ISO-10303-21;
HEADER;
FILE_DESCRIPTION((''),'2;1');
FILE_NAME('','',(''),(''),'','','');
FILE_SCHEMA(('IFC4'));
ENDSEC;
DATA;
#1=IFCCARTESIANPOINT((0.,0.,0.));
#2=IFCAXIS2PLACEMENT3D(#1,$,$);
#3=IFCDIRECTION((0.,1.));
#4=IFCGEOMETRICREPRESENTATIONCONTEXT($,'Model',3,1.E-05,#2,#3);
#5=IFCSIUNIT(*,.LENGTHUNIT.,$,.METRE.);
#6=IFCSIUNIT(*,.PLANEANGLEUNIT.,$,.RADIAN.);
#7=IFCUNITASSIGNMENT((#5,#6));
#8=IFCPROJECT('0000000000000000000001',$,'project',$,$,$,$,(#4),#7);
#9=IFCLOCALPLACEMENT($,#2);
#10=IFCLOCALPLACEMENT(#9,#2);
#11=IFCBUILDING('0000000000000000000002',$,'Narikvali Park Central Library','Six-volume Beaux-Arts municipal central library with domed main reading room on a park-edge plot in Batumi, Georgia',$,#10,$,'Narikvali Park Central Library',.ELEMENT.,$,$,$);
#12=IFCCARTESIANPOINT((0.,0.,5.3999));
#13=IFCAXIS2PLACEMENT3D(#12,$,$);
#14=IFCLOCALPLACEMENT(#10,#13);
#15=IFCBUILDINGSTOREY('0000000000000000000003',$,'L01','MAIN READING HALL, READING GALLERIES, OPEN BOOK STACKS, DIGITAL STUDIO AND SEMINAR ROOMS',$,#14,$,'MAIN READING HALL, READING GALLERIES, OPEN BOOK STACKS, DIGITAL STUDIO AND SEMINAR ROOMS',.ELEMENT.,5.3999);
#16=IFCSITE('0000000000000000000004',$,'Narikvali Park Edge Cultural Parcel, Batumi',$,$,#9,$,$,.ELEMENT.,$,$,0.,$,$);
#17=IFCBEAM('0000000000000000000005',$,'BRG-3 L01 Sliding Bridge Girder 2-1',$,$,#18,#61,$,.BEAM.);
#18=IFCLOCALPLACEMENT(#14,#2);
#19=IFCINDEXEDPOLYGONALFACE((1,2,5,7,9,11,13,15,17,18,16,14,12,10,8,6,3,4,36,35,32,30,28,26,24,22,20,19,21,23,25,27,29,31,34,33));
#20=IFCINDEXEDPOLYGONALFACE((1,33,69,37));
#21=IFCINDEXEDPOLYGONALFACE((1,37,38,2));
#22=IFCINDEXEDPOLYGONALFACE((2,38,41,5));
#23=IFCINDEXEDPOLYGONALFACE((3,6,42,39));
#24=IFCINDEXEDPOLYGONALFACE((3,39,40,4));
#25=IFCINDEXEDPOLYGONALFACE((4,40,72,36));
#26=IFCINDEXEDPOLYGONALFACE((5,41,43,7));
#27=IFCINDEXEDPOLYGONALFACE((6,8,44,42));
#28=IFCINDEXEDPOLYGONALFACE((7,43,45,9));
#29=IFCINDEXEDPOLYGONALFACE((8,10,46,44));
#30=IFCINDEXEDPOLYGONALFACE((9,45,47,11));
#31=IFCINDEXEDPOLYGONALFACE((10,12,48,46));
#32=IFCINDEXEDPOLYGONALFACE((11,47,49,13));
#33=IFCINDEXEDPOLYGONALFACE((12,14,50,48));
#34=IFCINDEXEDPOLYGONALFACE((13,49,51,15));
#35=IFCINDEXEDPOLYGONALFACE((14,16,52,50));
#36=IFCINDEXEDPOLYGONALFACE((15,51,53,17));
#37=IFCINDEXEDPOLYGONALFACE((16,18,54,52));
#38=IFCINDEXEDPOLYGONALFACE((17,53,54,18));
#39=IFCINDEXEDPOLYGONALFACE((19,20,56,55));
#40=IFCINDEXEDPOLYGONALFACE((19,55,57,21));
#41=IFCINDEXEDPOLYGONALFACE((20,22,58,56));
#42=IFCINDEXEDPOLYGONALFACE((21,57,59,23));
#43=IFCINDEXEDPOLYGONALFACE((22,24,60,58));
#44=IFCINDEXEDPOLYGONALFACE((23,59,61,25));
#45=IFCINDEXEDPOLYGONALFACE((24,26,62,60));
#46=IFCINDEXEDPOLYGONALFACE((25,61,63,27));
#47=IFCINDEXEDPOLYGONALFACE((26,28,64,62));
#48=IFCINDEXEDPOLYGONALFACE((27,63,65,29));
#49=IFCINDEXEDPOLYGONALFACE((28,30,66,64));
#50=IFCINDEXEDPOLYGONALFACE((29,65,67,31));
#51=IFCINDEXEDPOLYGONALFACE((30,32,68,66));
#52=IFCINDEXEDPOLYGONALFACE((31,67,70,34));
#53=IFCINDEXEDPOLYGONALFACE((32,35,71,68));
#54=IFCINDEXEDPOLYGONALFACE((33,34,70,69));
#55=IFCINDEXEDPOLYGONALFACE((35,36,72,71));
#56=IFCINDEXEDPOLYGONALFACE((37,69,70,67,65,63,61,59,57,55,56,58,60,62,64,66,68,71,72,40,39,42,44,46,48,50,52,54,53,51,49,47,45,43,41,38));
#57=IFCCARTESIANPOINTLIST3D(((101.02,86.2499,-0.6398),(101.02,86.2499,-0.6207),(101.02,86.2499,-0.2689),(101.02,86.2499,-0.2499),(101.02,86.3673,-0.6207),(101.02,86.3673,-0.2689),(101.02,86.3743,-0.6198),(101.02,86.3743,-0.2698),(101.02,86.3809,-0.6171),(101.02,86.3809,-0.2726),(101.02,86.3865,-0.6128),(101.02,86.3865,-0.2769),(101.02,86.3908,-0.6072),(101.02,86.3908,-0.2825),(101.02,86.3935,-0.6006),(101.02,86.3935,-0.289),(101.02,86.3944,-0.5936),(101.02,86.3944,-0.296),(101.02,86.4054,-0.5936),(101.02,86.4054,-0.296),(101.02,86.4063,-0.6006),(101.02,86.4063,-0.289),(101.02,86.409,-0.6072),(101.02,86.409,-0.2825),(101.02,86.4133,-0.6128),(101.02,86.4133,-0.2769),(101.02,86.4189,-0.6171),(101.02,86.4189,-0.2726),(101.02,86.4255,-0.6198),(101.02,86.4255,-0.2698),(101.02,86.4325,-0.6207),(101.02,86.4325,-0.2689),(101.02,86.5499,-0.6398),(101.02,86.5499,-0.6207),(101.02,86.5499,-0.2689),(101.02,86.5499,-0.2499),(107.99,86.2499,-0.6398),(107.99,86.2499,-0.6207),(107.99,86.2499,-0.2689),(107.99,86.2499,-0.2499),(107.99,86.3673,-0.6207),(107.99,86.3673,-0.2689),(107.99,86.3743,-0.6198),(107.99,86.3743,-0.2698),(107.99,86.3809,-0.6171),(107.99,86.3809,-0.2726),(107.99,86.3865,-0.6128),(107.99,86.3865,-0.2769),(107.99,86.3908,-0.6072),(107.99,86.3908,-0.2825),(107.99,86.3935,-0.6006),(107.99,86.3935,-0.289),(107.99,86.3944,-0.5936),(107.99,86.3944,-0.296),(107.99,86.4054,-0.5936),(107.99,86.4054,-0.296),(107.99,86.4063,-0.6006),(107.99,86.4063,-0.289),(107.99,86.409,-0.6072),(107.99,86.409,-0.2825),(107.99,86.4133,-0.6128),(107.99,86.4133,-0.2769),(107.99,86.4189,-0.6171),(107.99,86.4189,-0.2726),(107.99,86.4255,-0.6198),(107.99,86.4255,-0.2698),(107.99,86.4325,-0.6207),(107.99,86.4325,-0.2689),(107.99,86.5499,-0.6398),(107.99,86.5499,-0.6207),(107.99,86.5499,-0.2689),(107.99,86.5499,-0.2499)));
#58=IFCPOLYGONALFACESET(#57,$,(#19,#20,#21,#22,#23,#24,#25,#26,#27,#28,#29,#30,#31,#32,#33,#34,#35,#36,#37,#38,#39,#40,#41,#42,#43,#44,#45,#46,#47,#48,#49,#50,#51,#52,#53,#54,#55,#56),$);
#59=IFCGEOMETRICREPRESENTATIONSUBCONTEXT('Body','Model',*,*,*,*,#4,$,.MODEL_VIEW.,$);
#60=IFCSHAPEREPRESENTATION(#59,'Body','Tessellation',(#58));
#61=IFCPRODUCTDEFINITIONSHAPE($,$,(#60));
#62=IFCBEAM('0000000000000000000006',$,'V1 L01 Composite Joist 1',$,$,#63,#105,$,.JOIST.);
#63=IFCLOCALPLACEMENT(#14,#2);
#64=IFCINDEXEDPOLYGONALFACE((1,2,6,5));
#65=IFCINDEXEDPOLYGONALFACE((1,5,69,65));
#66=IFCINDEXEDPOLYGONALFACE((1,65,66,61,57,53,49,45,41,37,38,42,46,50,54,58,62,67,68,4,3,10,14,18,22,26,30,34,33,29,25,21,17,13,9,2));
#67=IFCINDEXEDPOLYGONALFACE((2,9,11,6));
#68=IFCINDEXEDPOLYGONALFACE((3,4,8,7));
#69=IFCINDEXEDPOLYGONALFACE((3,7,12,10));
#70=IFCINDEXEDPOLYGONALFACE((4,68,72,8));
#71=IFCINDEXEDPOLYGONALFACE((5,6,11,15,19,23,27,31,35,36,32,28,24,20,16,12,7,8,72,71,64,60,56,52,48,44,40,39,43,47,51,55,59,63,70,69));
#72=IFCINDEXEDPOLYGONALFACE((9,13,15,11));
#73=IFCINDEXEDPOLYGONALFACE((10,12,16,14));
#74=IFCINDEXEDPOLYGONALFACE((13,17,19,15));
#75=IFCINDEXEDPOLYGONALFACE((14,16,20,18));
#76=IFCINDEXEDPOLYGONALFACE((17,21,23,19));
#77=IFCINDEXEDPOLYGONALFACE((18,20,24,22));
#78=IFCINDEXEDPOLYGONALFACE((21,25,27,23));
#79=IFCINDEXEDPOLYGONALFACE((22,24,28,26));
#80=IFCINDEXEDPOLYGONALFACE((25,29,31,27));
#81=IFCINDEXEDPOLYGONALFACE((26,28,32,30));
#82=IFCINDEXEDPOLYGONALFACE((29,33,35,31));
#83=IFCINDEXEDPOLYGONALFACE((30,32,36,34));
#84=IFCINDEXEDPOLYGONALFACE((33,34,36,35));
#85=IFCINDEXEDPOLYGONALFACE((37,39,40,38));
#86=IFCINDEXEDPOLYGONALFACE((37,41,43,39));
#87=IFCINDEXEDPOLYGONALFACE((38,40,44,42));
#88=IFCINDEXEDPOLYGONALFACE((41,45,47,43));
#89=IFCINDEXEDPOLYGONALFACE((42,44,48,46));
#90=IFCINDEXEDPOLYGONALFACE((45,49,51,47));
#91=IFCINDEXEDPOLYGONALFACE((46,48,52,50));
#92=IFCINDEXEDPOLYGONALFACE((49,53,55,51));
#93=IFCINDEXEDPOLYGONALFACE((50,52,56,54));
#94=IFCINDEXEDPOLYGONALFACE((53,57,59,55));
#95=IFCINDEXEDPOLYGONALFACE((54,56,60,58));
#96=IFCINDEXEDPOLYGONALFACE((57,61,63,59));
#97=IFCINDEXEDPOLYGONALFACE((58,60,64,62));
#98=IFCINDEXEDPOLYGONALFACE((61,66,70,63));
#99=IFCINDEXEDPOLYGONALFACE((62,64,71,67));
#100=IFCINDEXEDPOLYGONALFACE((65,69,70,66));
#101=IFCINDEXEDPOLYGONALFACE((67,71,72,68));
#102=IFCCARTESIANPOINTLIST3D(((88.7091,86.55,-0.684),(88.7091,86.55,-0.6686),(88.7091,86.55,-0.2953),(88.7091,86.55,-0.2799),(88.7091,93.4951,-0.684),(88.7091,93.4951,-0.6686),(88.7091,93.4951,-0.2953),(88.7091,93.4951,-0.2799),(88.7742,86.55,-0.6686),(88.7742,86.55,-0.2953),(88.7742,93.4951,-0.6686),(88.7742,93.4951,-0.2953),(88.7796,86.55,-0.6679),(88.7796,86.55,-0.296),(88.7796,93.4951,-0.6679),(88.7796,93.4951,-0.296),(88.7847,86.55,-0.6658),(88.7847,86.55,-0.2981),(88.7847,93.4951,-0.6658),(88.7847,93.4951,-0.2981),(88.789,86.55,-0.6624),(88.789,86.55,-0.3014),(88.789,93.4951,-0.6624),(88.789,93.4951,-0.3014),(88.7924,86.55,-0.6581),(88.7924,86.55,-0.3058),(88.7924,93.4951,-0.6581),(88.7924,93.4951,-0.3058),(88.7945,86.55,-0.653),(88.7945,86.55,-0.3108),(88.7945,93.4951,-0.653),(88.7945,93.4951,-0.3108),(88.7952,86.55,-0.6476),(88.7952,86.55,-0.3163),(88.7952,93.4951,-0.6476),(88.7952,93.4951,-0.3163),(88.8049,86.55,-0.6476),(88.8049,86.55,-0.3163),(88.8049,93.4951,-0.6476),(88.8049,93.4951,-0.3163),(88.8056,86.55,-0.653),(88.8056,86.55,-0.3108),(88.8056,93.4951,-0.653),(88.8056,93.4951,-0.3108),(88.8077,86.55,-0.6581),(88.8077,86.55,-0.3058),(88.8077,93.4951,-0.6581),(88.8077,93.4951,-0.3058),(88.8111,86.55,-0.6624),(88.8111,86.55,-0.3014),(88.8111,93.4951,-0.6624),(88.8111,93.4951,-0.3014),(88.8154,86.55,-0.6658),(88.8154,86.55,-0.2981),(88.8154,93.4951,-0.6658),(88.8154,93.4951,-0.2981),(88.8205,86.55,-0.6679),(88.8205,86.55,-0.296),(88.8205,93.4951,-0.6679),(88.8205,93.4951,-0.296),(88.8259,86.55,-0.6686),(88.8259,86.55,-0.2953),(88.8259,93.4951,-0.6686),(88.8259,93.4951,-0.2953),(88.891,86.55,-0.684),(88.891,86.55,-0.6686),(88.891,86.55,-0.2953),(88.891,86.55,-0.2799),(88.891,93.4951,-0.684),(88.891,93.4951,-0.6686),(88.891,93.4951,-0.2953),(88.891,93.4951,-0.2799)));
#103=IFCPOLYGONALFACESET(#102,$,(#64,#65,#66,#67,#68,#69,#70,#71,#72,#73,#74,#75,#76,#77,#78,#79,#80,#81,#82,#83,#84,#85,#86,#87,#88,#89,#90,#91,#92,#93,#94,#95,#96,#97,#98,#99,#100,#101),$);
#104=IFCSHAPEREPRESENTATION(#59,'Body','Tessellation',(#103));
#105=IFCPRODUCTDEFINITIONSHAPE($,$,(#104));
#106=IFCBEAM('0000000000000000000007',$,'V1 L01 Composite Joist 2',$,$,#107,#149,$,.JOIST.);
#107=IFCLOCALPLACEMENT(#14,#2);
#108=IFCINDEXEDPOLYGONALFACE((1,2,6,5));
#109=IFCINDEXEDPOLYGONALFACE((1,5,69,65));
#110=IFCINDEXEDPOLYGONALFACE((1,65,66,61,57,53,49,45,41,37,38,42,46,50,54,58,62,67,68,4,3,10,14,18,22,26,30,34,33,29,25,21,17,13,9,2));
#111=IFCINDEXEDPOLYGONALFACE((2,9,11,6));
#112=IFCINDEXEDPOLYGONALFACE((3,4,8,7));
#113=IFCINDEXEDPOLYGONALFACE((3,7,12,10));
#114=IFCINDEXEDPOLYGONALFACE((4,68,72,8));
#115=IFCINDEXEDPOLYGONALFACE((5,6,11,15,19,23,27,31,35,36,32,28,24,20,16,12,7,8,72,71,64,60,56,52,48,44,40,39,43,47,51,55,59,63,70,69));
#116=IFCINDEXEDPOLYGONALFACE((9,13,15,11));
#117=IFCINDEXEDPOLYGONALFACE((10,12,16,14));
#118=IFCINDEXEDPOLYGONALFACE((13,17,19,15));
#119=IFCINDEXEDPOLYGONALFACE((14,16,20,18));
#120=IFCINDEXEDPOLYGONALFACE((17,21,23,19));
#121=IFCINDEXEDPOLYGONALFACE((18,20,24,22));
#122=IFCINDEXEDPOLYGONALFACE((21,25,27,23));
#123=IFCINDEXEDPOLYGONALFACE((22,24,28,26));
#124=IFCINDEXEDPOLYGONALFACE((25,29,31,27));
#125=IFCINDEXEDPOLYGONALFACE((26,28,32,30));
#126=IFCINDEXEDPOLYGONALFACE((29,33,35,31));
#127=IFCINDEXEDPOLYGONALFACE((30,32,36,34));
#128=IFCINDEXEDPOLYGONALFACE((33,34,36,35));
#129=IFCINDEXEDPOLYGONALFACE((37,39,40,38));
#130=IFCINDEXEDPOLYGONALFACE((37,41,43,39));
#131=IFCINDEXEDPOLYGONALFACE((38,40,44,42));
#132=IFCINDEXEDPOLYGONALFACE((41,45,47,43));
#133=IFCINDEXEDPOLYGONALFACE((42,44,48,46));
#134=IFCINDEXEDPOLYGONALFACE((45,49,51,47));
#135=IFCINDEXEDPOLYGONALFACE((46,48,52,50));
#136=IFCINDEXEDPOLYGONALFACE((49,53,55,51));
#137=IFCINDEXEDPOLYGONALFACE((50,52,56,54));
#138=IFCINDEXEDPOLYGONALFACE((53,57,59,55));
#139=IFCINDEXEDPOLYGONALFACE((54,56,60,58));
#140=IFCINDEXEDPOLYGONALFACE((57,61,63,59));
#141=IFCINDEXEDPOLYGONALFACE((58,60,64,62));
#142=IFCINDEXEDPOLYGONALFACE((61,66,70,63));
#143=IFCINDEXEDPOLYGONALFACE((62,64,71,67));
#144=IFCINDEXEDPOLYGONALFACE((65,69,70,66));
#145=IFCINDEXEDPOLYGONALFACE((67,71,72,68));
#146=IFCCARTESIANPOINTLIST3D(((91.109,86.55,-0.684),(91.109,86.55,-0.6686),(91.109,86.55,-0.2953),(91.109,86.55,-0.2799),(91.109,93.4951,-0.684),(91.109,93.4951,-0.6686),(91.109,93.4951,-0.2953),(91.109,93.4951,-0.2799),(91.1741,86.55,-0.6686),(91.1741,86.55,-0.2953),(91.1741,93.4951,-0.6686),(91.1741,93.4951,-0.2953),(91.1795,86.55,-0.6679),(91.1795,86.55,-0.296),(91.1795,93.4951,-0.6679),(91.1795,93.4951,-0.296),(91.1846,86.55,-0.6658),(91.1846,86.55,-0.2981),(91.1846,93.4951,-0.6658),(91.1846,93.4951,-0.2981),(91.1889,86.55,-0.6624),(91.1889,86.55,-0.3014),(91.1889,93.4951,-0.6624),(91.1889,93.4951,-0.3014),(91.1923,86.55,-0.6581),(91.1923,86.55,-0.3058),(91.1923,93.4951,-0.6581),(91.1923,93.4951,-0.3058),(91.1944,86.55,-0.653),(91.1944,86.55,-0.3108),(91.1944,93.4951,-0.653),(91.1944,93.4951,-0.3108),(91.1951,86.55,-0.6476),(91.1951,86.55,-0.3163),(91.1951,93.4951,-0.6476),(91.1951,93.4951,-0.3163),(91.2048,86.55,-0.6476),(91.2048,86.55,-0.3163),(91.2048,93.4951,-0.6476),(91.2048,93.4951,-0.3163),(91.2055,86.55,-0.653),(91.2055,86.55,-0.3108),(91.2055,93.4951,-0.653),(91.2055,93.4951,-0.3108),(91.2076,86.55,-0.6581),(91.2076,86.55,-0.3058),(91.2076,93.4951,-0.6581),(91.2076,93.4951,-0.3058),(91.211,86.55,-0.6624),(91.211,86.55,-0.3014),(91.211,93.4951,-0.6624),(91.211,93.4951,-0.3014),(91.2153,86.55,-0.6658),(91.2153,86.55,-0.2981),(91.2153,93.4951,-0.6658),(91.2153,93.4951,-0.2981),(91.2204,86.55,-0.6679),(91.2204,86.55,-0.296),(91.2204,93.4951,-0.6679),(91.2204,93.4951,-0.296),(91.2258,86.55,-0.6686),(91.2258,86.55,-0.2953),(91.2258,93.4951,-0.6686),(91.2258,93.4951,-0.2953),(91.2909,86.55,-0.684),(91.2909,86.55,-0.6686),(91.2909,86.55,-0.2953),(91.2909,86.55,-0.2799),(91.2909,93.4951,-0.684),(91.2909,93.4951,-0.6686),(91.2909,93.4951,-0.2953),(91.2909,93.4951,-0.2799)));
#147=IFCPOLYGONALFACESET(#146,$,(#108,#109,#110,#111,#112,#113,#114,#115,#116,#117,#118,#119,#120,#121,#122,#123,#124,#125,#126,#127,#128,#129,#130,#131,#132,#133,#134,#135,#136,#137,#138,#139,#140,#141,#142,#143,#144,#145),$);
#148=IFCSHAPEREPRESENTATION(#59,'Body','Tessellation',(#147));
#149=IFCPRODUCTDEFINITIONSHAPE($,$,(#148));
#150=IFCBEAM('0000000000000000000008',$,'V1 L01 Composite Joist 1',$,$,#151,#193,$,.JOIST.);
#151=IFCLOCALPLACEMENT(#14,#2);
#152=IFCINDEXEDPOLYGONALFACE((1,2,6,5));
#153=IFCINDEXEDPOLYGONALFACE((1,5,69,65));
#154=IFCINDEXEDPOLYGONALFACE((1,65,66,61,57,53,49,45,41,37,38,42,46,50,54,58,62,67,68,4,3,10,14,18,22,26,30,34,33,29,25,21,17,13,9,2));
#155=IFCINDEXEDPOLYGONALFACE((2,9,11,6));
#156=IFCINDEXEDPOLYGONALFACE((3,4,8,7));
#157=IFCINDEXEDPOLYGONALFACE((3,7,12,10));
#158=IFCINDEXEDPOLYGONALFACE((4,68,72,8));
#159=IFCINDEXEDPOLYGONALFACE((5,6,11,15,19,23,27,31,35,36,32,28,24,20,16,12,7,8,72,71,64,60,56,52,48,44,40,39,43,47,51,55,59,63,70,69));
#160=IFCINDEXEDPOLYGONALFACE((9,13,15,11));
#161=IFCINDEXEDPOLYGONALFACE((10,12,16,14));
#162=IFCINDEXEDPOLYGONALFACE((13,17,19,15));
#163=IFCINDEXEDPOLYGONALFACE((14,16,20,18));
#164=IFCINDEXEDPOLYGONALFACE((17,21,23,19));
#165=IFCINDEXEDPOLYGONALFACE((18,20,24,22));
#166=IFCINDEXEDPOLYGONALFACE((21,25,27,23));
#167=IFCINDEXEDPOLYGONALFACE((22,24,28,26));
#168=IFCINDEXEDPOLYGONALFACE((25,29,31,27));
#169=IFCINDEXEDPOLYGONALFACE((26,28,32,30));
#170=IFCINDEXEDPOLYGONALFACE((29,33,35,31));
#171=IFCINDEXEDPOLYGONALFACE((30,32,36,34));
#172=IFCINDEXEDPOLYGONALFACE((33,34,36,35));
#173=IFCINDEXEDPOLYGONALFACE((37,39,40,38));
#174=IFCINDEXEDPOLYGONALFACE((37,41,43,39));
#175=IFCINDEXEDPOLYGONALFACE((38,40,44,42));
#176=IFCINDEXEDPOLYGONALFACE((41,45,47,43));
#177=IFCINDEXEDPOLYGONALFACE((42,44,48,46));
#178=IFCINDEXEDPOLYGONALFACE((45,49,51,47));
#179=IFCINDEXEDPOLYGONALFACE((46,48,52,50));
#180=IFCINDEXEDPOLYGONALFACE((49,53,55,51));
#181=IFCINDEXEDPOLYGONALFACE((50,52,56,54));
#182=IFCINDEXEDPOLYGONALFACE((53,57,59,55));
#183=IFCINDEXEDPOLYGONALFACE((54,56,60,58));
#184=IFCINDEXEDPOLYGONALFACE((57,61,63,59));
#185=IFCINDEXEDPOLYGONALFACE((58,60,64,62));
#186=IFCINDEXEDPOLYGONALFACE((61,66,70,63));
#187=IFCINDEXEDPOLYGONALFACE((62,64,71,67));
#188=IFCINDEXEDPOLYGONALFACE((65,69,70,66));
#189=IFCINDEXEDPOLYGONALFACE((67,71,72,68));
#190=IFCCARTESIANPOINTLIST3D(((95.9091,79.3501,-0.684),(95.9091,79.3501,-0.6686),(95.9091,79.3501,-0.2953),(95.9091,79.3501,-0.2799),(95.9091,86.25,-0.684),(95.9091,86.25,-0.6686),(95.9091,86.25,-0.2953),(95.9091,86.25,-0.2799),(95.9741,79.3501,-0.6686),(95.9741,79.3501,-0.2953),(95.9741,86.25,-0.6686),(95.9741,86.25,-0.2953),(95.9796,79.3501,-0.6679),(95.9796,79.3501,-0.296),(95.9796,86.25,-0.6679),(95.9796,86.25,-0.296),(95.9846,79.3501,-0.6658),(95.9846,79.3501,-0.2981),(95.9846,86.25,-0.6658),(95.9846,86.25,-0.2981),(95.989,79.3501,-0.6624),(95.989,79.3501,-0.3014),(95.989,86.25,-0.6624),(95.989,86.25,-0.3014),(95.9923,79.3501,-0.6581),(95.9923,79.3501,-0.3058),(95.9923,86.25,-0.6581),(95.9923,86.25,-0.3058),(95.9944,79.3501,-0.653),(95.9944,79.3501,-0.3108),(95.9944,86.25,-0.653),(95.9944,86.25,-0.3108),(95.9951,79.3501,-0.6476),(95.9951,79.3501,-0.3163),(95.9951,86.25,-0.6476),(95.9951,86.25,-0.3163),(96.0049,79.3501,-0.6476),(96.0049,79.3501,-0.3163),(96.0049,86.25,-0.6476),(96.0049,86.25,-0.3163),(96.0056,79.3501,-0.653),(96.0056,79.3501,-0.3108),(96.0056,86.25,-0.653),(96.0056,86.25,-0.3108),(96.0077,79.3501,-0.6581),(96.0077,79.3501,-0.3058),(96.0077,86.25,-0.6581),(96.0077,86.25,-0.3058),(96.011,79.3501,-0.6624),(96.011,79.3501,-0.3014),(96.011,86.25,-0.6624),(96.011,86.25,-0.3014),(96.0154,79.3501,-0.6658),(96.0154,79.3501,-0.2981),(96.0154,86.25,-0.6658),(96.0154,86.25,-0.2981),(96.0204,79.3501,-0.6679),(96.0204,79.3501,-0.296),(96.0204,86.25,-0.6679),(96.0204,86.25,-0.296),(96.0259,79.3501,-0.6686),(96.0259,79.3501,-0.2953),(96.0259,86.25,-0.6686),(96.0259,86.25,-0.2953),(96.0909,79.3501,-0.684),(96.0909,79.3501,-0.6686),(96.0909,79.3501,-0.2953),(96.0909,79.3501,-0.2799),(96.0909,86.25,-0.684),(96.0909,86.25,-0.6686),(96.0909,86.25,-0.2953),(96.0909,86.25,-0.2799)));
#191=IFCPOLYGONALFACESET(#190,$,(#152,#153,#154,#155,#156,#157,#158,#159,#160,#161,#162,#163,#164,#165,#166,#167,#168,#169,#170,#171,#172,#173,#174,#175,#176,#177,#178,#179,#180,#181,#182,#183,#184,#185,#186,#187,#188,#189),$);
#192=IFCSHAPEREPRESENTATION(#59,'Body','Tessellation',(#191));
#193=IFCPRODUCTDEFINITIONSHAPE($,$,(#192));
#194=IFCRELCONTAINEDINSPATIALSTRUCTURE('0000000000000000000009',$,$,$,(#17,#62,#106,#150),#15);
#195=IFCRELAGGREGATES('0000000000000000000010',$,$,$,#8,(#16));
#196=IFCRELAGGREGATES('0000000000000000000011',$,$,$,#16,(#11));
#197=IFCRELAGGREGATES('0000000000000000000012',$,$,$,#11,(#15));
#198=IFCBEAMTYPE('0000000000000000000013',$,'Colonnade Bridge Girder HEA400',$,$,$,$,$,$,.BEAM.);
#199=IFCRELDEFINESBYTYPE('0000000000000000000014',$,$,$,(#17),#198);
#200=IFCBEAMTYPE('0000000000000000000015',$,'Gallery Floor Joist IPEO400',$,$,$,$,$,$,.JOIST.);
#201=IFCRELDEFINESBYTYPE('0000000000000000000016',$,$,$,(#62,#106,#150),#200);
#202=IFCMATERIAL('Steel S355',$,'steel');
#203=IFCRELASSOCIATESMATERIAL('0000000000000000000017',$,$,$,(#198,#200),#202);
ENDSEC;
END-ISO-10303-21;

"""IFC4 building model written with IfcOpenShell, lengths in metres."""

from ifc_helpers import new_model, si_unit, direction, frame, origin, origin_2d, place, context, subcontext, project, spatial, i_section, extrude, material, material_profile, profile_set, type_object, element, save


model = new_model("IFC4")

# Units and contexts
model_context = context("Model", 3, precision=1e-05, world=origin(), true_north=direction((0.0, 1.0)))
body_context = subcontext(model_context, "Body", "Model", "MODEL_VIEW")
ifc_project = project(units=[si_unit("LENGTHUNIT", "METRE"), si_unit("PLANEANGLEUNIT", "RADIAN")], contexts=[model_context])

# Site, building, storey
site_placement = place(None, origin())
site = spatial("IfcSite", under=ifc_project, at=site_placement, Name="Narikvali Park Edge Cultural Parcel, Batumi", CompositionType="ELEMENT", RefElevation=0.0)
building_placement = place(site_placement, origin())
building = spatial("IfcBuilding", under=site, at=building_placement, Name="Narikvali Park Central Library", Description="Six-volume Beaux-Arts municipal central library with domed main reading room on a park-edge plot in Batumi, Georgia", LongName="Narikvali Park Central Library", CompositionType="ELEMENT")
storey_placement = place(building_placement, frame((0.0, 0.0, 5.3999)))
storey = spatial("IfcBuildingStorey", under=building, at=storey_placement, Name="L01", Description="MAIN READING HALL, READING GALLERIES, OPEN BOOK STACKS, DIGITAL STUDIO AND SEMINAR ROOMS", LongName="MAIN READING HALL, READING GALLERIES, OPEN BOOK STACKS, DIGITAL STUDIO AND SEMINAR ROOMS", CompositionType="ELEMENT", Elevation=5.3999)

# Shared definitions
ifc_material_1 = material(Name="Steel S355", Category="steel")

# Beams
ifc_material_profile_1 = material_profile(ifc_material_1, i_section(OverallWidth=0.3, OverallDepth=0.3899, WebThickness=0.011, FlangeThickness=0.019, FilletRadius=0.0271, at=origin_2d()), Name="HEA 400")
ifc_profile_set_1 = profile_set([ifc_material_profile_1], Name="Steel S355")
beam_type_1 = type_object("IfcBeamType", Name="Colonnade Bridge Girder HEA400", PredefinedType="BEAM", material=ifc_profile_set_1)
beam_1_placement = place(storey_placement, frame((101.02, 86.3999, -0.4448), z_axis=(1.0, 0.0, 0.0), x_axis=(0.0, 1.0, 0.0)))
element("IfcBeam", 1, at=beam_1_placement, inside=storey, type_object=beam_type_1, Name="BRG-3 L01 Sliding Bridge Girder 2-1", PredefinedType="BEAM", context=body_context, shape_type="SweptSolid", body=[
    extrude(i_section(OverallWidth=0.3, OverallDepth=0.3899, WebThickness=0.011, FlangeThickness=0.019, FilletRadius=0.0271, at=origin_2d()), origin(), (0.0, 0.0, 1.0), 6.97),
])
ifc_material_profile_2 = material_profile(ifc_material_1, i_section(OverallWidth=0.1819, OverallDepth=0.4041, WebThickness=0.0098, FlangeThickness=0.0154, FilletRadius=0.021, at=origin_2d()), Name="IPEO 400")
ifc_profile_set_2 = profile_set([ifc_material_profile_2], Name="Steel S355")
beam_type_2 = type_object("IfcBeamType", Name="Gallery Floor Joist IPEO400", PredefinedType="JOIST", material=ifc_profile_set_2)
for number, where, z_axis, x_axis, name in (
    (2, (88.8, 86.55, -0.4819), (0.0, 1.0, 0.0), (-1.0, 0.0, 0.0), "V1 L01 Composite Joist 1"),
    (3, (91.2, 86.55, -0.4819), (0.0, 1.0, 0.0), (-1.0, 0.0, 0.0), "V1 L01 Composite Joist 2"),
):
    element("IfcBeam", number, at=place(storey_placement, frame(where, z_axis=z_axis, x_axis=x_axis)), inside=storey, type_object=beam_type_2, Name=name, PredefinedType="JOIST", context=body_context, shape_type="SweptSolid", body=[
        extrude(i_section(OverallWidth=0.1819, OverallDepth=0.4041, WebThickness=0.0098, FlangeThickness=0.0154, FilletRadius=0.021, at=origin_2d()), origin(), (0.0, 0.0, 1.0), 6.9451),
    ])
for number, where, z_axis, x_axis, name in (
    (4, (96.0, 79.3501, -0.4819), (0.0, 1.0, 0.0), (-1.0, 0.0, 0.0), "V1 L01 Composite Joist 1"),
):
    element("IfcBeam", number, at=place(storey_placement, frame(where, z_axis=z_axis, x_axis=x_axis)), inside=storey, type_object=beam_type_2, Name=name, PredefinedType="JOIST", context=body_context, shape_type="SweptSolid", body=[
        extrude(i_section(OverallWidth=0.1819, OverallDepth=0.4041, WebThickness=0.0098, FlangeThickness=0.0154, FilletRadius=0.021, at=origin_2d()), origin(), (0.0, 0.0, 1.0), 6.8999),
    ])

save(model, "model.ifc")
